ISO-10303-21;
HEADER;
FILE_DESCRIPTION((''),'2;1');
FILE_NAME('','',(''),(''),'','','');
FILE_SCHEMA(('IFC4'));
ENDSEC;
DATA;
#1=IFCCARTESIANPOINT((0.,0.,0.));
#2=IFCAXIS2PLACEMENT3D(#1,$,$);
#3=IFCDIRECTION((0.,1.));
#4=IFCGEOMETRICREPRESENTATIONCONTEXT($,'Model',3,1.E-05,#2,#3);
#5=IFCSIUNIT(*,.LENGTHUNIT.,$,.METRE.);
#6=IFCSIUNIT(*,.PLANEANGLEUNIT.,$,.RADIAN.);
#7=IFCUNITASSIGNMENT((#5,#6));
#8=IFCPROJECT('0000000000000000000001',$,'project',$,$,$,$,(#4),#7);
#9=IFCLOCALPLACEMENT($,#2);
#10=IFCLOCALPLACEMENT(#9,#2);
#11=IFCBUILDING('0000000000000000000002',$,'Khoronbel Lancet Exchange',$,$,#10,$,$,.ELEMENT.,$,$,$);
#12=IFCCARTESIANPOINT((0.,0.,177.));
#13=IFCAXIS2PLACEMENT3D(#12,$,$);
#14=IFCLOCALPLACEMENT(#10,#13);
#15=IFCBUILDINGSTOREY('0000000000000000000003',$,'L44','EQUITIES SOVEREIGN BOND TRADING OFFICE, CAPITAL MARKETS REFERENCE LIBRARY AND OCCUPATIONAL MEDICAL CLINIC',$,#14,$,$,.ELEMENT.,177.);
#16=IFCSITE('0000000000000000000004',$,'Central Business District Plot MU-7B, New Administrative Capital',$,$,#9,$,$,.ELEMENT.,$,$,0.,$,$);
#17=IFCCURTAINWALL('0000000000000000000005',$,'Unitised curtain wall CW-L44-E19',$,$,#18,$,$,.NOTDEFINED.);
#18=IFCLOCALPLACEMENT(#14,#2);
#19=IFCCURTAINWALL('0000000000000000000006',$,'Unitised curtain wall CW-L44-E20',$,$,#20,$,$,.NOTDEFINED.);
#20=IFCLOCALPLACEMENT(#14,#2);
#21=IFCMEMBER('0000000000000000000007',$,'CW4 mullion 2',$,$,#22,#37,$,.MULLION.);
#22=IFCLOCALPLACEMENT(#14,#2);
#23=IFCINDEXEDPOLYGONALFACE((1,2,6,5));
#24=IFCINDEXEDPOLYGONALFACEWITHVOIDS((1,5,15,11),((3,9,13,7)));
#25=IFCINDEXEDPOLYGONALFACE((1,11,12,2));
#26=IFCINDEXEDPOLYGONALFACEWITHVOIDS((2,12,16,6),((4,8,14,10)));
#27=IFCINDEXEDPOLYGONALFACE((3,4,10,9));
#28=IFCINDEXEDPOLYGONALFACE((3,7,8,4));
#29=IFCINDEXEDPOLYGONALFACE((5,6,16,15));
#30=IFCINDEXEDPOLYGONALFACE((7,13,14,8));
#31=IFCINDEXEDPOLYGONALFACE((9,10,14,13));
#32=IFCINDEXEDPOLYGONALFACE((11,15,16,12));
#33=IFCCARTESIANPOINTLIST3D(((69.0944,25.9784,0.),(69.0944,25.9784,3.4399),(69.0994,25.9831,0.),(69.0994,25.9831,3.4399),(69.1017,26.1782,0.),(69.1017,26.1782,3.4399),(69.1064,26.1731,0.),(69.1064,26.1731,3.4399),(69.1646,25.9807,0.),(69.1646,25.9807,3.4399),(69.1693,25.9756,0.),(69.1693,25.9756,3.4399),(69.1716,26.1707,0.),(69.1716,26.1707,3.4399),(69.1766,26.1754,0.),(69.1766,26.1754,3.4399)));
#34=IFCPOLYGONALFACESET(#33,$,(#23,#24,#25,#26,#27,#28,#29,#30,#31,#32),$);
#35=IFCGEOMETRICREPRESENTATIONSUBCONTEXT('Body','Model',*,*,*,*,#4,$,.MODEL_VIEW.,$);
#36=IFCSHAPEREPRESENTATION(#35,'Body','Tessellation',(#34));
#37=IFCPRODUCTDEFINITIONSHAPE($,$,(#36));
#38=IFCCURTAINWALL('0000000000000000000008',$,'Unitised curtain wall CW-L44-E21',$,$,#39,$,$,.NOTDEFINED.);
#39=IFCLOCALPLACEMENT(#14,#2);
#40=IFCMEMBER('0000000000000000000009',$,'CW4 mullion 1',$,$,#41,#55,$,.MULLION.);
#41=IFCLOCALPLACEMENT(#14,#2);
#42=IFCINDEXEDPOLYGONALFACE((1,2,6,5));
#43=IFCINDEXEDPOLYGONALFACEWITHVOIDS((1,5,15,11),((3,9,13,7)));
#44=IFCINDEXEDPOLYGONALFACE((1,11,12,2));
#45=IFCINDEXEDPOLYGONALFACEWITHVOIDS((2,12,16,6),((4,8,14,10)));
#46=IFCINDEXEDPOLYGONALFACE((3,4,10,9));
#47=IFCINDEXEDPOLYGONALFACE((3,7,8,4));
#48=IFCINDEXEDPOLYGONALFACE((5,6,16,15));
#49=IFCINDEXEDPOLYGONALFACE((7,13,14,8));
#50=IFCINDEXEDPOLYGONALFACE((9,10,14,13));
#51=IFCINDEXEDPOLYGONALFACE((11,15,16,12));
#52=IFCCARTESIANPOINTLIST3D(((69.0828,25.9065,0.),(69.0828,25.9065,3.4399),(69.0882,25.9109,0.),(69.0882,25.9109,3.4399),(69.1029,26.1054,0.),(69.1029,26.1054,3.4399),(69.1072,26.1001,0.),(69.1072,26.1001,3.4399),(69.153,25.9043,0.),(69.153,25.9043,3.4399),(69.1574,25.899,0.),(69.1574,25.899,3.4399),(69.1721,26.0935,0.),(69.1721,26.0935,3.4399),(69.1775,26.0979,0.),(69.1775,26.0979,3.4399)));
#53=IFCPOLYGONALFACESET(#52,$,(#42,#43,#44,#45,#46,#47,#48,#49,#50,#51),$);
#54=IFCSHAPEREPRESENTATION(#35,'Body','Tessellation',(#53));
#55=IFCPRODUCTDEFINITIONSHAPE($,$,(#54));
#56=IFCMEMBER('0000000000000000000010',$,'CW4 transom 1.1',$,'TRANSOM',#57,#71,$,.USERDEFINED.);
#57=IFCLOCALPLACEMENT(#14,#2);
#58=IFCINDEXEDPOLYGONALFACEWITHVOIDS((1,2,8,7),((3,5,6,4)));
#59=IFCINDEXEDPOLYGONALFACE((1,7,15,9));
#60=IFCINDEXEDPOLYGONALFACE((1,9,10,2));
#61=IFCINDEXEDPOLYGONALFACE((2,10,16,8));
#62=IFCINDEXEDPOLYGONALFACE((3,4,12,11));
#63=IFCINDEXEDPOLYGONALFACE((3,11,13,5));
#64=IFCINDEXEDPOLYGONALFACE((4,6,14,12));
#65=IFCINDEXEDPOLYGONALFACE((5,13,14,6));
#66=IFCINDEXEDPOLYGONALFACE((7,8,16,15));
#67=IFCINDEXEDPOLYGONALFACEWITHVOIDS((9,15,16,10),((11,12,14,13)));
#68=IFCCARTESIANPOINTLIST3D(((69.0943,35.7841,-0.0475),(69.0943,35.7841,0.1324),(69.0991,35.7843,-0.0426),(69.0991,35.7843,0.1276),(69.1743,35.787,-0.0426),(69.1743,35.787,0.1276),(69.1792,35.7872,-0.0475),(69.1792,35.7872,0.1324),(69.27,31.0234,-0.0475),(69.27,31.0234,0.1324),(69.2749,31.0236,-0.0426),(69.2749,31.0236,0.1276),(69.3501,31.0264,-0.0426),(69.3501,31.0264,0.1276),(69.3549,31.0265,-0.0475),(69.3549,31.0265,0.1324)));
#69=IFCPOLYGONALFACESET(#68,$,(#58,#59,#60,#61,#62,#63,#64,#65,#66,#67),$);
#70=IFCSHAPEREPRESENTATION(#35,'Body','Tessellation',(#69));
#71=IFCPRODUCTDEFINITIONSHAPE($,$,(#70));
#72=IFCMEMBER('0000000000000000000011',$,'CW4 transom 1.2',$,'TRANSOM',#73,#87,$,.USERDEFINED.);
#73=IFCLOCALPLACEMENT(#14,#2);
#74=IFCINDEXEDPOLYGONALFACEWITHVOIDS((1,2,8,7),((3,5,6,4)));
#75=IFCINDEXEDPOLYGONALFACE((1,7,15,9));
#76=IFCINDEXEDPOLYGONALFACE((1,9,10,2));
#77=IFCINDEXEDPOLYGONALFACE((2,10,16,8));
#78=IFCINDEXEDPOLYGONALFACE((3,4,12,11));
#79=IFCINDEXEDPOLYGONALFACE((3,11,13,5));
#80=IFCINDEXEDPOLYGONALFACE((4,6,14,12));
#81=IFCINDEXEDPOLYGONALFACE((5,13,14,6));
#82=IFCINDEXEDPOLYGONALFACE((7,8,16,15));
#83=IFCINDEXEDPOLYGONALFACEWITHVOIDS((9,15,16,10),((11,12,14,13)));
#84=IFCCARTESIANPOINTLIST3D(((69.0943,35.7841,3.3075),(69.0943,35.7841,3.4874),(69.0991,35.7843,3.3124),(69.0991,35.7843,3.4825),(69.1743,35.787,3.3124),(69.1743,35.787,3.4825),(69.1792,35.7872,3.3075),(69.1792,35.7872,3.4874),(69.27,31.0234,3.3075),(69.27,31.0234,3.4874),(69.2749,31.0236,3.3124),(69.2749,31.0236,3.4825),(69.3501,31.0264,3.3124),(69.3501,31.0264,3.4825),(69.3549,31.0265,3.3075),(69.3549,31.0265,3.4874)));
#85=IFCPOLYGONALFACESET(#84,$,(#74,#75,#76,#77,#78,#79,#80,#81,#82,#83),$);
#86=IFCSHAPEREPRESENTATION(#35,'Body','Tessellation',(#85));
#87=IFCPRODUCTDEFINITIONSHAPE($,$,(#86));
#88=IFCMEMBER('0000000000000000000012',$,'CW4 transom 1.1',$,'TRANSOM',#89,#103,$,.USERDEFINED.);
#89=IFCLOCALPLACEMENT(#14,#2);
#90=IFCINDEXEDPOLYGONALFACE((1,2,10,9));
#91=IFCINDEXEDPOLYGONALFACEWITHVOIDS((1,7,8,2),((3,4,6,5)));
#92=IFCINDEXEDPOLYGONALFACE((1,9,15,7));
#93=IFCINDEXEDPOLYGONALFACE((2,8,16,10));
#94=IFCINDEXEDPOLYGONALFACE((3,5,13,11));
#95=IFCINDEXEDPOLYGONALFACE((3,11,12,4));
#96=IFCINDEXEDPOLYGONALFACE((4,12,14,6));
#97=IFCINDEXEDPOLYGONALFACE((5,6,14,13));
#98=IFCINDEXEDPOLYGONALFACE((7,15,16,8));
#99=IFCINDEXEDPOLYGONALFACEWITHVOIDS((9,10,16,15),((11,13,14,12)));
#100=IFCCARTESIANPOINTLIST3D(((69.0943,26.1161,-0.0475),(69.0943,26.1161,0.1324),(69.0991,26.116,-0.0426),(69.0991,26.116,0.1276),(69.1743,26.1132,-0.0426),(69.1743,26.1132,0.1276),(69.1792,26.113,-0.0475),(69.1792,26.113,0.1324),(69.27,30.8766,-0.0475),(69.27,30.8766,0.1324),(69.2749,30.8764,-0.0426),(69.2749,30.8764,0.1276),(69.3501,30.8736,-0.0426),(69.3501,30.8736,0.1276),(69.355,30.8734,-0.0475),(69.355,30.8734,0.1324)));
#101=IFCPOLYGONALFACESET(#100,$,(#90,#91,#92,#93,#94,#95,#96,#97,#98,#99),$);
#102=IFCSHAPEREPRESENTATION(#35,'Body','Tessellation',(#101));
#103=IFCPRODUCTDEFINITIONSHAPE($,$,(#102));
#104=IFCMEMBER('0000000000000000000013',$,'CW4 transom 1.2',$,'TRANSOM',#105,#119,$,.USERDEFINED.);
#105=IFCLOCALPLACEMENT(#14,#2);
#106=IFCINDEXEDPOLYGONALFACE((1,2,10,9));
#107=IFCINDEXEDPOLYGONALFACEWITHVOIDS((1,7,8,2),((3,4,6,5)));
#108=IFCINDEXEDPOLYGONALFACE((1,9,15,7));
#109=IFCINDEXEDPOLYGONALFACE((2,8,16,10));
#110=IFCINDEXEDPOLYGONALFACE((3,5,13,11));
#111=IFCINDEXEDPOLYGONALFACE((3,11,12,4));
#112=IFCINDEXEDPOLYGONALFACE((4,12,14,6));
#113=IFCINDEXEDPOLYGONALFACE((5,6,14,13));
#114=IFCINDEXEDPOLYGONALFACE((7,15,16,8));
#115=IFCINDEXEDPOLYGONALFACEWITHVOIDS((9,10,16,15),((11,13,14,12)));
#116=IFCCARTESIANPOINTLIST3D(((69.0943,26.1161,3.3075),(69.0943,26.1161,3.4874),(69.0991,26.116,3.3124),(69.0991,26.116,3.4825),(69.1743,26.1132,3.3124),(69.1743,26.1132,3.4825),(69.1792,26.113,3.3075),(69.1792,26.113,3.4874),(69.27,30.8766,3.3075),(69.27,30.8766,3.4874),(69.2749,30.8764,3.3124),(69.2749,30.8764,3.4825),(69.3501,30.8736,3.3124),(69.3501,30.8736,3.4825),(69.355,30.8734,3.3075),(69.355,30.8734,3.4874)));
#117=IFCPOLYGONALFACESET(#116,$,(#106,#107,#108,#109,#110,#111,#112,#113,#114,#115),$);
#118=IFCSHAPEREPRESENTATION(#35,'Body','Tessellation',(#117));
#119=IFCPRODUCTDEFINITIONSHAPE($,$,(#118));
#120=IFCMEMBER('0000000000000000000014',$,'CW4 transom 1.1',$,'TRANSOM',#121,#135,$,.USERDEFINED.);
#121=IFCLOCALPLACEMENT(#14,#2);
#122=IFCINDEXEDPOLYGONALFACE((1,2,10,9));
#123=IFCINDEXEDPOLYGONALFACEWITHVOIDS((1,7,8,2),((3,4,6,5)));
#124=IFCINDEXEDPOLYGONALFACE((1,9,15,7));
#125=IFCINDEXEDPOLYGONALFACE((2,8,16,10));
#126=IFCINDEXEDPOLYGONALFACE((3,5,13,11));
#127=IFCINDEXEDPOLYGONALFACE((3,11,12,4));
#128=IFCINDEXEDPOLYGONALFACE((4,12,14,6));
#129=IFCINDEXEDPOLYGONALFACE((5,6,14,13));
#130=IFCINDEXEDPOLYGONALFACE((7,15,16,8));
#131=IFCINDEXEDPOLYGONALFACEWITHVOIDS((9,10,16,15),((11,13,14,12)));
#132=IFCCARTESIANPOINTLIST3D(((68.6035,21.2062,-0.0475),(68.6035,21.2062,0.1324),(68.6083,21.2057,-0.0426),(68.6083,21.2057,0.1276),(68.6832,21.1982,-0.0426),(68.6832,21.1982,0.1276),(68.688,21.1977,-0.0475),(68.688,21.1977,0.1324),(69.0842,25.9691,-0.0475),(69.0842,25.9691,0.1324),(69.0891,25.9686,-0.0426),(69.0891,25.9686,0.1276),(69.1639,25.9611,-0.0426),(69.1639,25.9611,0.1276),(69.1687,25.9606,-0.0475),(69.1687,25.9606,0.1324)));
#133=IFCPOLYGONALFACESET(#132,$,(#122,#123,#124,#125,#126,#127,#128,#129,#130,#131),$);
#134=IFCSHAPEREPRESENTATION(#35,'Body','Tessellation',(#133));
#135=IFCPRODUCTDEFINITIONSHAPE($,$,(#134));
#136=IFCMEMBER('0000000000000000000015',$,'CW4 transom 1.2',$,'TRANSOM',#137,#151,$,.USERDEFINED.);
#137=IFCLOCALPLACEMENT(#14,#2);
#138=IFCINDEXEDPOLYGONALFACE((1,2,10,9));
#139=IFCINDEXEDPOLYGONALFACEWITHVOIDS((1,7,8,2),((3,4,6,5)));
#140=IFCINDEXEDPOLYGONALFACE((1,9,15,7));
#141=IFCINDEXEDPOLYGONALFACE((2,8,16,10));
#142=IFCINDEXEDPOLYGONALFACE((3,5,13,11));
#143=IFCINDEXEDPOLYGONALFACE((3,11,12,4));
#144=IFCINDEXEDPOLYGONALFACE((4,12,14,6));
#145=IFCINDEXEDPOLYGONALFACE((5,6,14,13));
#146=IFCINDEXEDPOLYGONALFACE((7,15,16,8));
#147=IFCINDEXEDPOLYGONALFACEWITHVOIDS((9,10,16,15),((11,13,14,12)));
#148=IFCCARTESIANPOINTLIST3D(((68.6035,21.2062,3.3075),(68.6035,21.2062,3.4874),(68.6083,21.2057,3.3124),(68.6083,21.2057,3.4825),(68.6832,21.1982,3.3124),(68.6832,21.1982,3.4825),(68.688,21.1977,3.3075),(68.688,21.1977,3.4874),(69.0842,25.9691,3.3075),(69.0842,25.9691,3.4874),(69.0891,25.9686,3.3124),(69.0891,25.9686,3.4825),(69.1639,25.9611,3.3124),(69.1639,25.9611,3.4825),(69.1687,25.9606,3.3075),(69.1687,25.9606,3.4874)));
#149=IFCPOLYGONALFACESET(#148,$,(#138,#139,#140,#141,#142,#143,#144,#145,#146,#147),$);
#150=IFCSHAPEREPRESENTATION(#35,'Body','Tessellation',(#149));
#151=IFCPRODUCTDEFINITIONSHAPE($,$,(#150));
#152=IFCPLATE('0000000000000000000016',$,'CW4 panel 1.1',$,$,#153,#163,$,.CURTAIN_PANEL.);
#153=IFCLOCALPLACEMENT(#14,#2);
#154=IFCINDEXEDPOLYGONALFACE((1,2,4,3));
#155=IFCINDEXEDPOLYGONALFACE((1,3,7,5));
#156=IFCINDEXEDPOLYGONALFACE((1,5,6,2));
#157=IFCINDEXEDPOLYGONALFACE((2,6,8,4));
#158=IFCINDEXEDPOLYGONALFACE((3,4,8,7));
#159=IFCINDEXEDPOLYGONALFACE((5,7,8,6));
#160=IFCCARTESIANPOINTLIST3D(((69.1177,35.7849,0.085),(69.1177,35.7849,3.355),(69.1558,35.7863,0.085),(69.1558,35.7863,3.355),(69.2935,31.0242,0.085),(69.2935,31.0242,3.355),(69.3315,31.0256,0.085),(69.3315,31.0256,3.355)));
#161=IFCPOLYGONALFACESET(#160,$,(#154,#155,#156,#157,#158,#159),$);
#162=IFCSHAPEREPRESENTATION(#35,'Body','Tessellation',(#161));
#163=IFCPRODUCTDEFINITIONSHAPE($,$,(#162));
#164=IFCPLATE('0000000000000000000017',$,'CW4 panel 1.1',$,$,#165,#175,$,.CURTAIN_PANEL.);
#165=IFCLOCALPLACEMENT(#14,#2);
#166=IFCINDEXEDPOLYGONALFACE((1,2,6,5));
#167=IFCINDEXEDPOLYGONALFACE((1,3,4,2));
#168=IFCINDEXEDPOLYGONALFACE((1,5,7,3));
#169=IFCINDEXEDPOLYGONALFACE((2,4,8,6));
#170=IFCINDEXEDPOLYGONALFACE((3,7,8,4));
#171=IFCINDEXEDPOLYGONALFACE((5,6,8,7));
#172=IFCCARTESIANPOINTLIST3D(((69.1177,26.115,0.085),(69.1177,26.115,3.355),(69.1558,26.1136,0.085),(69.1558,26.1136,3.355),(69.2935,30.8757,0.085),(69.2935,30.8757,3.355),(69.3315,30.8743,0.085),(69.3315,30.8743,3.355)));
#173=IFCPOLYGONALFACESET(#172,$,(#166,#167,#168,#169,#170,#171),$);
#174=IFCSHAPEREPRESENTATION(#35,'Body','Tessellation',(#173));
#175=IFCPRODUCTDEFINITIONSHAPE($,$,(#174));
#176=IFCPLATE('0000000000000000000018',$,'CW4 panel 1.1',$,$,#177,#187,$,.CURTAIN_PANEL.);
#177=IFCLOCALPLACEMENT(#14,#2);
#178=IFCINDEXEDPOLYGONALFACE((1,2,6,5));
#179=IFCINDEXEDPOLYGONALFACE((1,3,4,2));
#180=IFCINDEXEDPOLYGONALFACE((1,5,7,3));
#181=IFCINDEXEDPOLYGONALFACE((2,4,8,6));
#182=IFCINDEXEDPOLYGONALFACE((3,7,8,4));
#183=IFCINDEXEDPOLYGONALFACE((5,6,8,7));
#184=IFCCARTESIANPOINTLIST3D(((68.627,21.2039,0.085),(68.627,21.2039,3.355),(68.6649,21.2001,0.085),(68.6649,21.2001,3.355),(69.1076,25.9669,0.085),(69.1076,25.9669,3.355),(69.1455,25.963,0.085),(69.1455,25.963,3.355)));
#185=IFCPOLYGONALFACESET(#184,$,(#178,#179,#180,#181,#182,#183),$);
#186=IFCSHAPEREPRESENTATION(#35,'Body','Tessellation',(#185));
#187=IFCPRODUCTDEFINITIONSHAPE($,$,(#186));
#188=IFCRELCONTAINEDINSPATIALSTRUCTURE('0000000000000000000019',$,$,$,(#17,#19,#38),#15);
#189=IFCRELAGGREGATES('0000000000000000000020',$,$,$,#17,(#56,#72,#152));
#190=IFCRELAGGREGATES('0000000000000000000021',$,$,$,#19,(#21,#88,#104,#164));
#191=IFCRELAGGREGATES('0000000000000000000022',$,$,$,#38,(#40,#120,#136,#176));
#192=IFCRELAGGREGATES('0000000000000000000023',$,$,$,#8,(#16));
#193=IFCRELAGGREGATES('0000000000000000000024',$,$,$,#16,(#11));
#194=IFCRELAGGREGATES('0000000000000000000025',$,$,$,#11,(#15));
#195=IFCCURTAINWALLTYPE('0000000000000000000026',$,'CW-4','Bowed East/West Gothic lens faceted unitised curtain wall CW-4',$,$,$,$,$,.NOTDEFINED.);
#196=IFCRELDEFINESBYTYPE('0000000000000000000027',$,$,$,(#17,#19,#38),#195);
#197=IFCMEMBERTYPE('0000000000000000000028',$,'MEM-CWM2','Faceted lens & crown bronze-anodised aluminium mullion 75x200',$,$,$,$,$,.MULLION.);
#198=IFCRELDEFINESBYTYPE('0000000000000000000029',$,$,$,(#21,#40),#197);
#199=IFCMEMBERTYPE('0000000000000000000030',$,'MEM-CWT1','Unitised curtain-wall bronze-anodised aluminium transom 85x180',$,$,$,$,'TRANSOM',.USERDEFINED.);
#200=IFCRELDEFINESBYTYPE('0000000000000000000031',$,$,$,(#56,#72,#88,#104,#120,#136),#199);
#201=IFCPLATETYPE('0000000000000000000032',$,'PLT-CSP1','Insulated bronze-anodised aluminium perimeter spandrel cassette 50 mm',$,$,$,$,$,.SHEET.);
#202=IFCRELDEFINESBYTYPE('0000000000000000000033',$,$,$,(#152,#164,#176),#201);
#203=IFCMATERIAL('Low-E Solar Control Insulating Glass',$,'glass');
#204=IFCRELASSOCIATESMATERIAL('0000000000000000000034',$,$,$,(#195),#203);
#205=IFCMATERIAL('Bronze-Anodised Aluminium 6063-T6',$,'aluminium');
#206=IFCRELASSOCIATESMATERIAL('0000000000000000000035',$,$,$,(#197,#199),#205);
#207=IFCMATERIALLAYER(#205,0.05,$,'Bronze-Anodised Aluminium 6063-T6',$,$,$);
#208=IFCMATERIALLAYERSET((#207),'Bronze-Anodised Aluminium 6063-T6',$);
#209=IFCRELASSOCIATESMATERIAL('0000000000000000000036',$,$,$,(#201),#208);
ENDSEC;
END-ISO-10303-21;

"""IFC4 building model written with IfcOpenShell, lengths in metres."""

from ifc_helpers import new_model, si_unit, direction, frame, origin, origin_2d, place, context, subcontext, project, spatial, rectangle, hollow_rectangle, extrude, material, layer, layer_set, material_profile, profile_set, type_object, element, aggregate, save


model = new_model("IFC4")

# Units and contexts
model_context = context("Model", 3, precision=1e-05, world=origin(), true_north=direction((0.0, 1.0)))
body_context = subcontext(model_context, "Body", "Model", "MODEL_VIEW")
ifc_project = project(units=[si_unit("LENGTHUNIT", "METRE"), si_unit("PLANEANGLEUNIT", "RADIAN")], contexts=[model_context])

# Site, building, storey
site_placement = place(None, origin())
site = spatial("IfcSite", under=ifc_project, at=site_placement, Name="Central Business District Plot MU-7B, New Administrative Capital", CompositionType="ELEMENT", RefElevation=0.0)
building_placement = place(site_placement, origin())
building = spatial("IfcBuilding", under=site, at=building_placement, Name="Khoronbel Lancet Exchange", CompositionType="ELEMENT")
storey_placement = place(building_placement, frame((0.0, 0.0, 177.0)))
storey = spatial("IfcBuildingStorey", under=building, at=storey_placement, Name="L44", Description="EQUITIES SOVEREIGN BOND TRADING OFFICE, CAPITAL MARKETS REFERENCE LIBRARY AND OCCUPATIONAL MEDICAL CLINIC", CompositionType="ELEMENT", Elevation=177.0)

# Curtain walls, member
ifc_material_1 = material(Name="Low-E Solar Control Insulating Glass", Category="glass")
curtain_wall_type = type_object("IfcCurtainWallType", Name="CW-4", Description="Bowed East/West Gothic lens faceted unitised curtain wall CW-4", PredefinedType="NOTDEFINED", material=ifc_material_1)
curtain_wall_1_placement = place(storey_placement, origin())
curtain_wall_1 = element("IfcCurtainWall", 1, at=curtain_wall_1_placement, inside=storey, type_object=curtain_wall_type, Name="Unitised curtain wall CW-L44-E19", PredefinedType="NOTDEFINED")
ifc_material_2 = material(Name="Bronze-Anodised Aluminium 6063-T6", Category="aluminium")
ifc_material_profile_1 = material_profile(ifc_material_2, hollow_rectangle(XDim=0.075, YDim=0.2, WallThickness=0.0049, at=origin_2d()), Name="ALU MULLION 75x200")
ifc_profile_set_1 = profile_set([ifc_material_profile_1], Name="Bronze-Anodised Aluminium 6063-T6")
member_type_1 = type_object("IfcMemberType", Name="MEM-CWM2", Description="Faceted lens & crown bronze-anodised aluminium mullion 75x200", PredefinedType="MULLION", material=ifc_profile_set_1)
curtain_wall_2_placement = place(storey_placement, origin())
curtain_wall_2 = element("IfcCurtainWall", 2, at=curtain_wall_2_placement, inside=storey, type_object=curtain_wall_type, Name="Unitised curtain wall CW-L44-E20", PredefinedType="NOTDEFINED")
member_1_placement = place(storey_placement, frame((69.1355, 26.0769, 0.0), z_axis=(0.0, 0.0, 1.0), x_axis=(0.999319, -0.036896, 0.0)))
member_1 = element("IfcMember", 3, at=member_1_placement, type_object=member_type_1, Name="CW4 mullion 2", PredefinedType="MULLION", context=body_context, shape_type="SweptSolid", body=[
    extrude(hollow_rectangle(XDim=0.075, YDim=0.2, WallThickness=0.0049, at=origin_2d()), origin(), (0.0, 0.0, 1.0), 3.4399),
])

# Curtain wall, member
curtain_wall_3_placement = place(storey_placement, origin())
curtain_wall_3 = element("IfcCurtainWall", 4, at=curtain_wall_3_placement, inside=storey, type_object=curtain_wall_type, Name="Unitised curtain wall CW-L44-E21", PredefinedType="NOTDEFINED")
member_2_placement = place(storey_placement, frame((69.1301, 26.0022, 0.0), z_axis=(0.0, 0.0, 1.0), x_axis=(0.994947, -0.100404, 0.0)))
member_2 = element("IfcMember", 5, at=member_2_placement, type_object=member_type_1, Name="CW4 mullion 1", PredefinedType="MULLION", context=body_context, shape_type="SweptSolid", body=[
    extrude(hollow_rectangle(XDim=0.075, YDim=0.2, WallThickness=0.0049, at=origin_2d()), origin(), (0.0, 0.0, 1.0), 3.4399),
])

# Members
ifc_material_profile_2 = material_profile(ifc_material_2, hollow_rectangle(XDim=0.085, YDim=0.1799, WallThickness=0.0049, at=origin_2d()), Name="ALU TRANSOM 85x180")
ifc_profile_set_2 = profile_set([ifc_material_profile_2], Name="Bronze-Anodised Aluminium 6063-T6")
member_type_2 = type_object("IfcMemberType", Name="MEM-CWT1", Description="Unitised curtain-wall bronze-anodised aluminium transom 85x180", ElementType="TRANSOM", PredefinedType="USERDEFINED", material=ifc_profile_set_2)
member_3_placement = place(storey_placement, frame((69.1367, 35.7856, 0.0425), z_axis=(0.036898, -0.999319, 0.0), x_axis=(0.999319, 0.036898, 0.0)))
member_3 = element("IfcMember", 6, at=member_3_placement, type_object=member_type_2, Name="CW4 transom 1.1", ObjectType="TRANSOM", PredefinedType="USERDEFINED", context=body_context, shape_type="SweptSolid", body=[
    extrude(hollow_rectangle(XDim=0.085, YDim=0.1799, WallThickness=0.0049, at=origin_2d()), origin(), (0.0, 0.0, 1.0), 4.7639),
])
member_4_placement = place(storey_placement, frame((69.1367, 35.7856, 3.3975), z_axis=(0.036898, -0.999319, 0.0), x_axis=(0.999319, 0.036898, 0.0)))
member_4 = element("IfcMember", 7, at=member_4_placement, type_object=member_type_2, Name="CW4 transom 1.2", ObjectType="TRANSOM", PredefinedType="USERDEFINED", context=body_context, shape_type="SweptSolid", body=[
    extrude(hollow_rectangle(XDim=0.085, YDim=0.1799, WallThickness=0.0049, at=origin_2d()), origin(), (0.0, 0.0, 1.0), 4.7639),
])
member_5_placement = place(storey_placement, frame((69.3125, 30.875, 0.0425), z_axis=(-0.0369, -0.999319, 0.0), x_axis=(0.999319, -0.0369, 0.0)))
member_5 = element("IfcMember", 8, at=member_5_placement, type_object=member_type_2, Name="CW4 transom 1.1", ObjectType="TRANSOM", PredefinedType="USERDEFINED", context=body_context, shape_type="SweptSolid", body=[
    extrude(hollow_rectangle(XDim=0.085, YDim=0.1799, WallThickness=0.0049, at=origin_2d()), origin(), (0.0, 0.0, 1.0), 4.7637),
])
member_6_placement = place(storey_placement, frame((69.3125, 30.875, 3.3975), z_axis=(-0.0369, -0.999319, 0.0), x_axis=(0.999319, -0.0369, 0.0)))
member_6 = element("IfcMember", 9, at=member_6_placement, type_object=member_type_2, Name="CW4 transom 1.2", ObjectType="TRANSOM", PredefinedType="USERDEFINED", context=body_context, shape_type="SweptSolid", body=[
    extrude(hollow_rectangle(XDim=0.085, YDim=0.1799, WallThickness=0.0049, at=origin_2d()), origin(), (0.0, 0.0, 1.0), 4.7637),
])
member_7_placement = place(storey_placement, frame((69.1265, 25.9648, 0.0425), z_axis=(-0.100418, -0.994945, 0.0), x_axis=(0.994945, -0.100418, 0.0)))
member_7 = element("IfcMember", 10, at=member_7_placement, type_object=member_type_2, Name="CW4 transom 1.1", ObjectType="TRANSOM", PredefinedType="USERDEFINED", context=body_context, shape_type="SweptSolid", body=[
    extrude(hollow_rectangle(XDim=0.085, YDim=0.1799, WallThickness=0.0049, at=origin_2d()), origin(), (0.0, 0.0, 1.0), 4.7871),
])
member_8_placement = place(storey_placement, frame((69.1265, 25.9648, 3.3975), z_axis=(-0.100418, -0.994945, 0.0), x_axis=(0.994945, -0.100418, 0.0)))
member_8 = element("IfcMember", 11, at=member_8_placement, type_object=member_type_2, Name="CW4 transom 1.2", ObjectType="TRANSOM", PredefinedType="USERDEFINED", context=body_context, shape_type="SweptSolid", body=[
    extrude(hollow_rectangle(XDim=0.085, YDim=0.1799, WallThickness=0.0049, at=origin_2d()), origin(), (0.0, 0.0, 1.0), 4.7871),
])

# Plates
ifc_layer_1 = layer(ifc_material_2, 0.05, Name="Bronze-Anodised Aluminium 6063-T6")
ifc_layer_set_1 = layer_set([ifc_layer_1], Name="Bronze-Anodised Aluminium 6063-T6")
plate_type_1 = type_object("IfcPlateType", Name="PLT-CSP1", Description="Insulated bronze-anodised aluminium perimeter spandrel cassette 50 mm", PredefinedType="SHEET", material=ifc_layer_set_1)
plate_1_placement = place(storey_placement, frame((69.2246, 33.4053, 0.085), z_axis=(0.0, 0.0, 1.0), x_axis=(0.036896, -0.999319, 0.0)))
plate_1 = element("IfcPlate", 12, at=plate_1_placement, type_object=plate_type_1, Name="CW4 panel 1.1", PredefinedType="CURTAIN_PANEL", context=body_context, shape_type="SweptSolid", body=[
    extrude(rectangle(XDim=4.7639, YDim=0.0381, at=origin_2d()), origin(), (0.0, 0.0, 1.0), 3.27),
])
aggregate(curtain_wall_1, [member_3, member_4, plate_1])
plate_2_placement = place(storey_placement, frame((69.2246, 28.4946, 0.085), z_axis=(0.0, 0.0, 1.0), x_axis=(-0.036896, -0.999319, 0.0)))
plate_2 = element("IfcPlate", 13, at=plate_2_placement, type_object=plate_type_1, Name="CW4 panel 1.1", PredefinedType="CURTAIN_PANEL", context=body_context, shape_type="SweptSolid", body=[
    extrude(rectangle(XDim=4.7639, YDim=0.0381, at=origin_2d()), origin(), (0.0, 0.0, 1.0), 3.27),
])
aggregate(curtain_wall_2, [member_1, member_5, member_6, plate_2])
plate_3_placement = place(storey_placement, frame((68.8862, 23.5835, 0.085), z_axis=(0.0, 0.0, 1.0), x_axis=(-0.100404, -0.994947, 0.0)))
plate_3 = element("IfcPlate", 14, at=plate_3_placement, type_object=plate_type_1, Name="CW4 panel 1.1", PredefinedType="CURTAIN_PANEL", context=body_context, shape_type="SweptSolid", body=[
    extrude(rectangle(XDim=4.7871, YDim=0.0381, at=origin_2d()), origin(), (0.0, 0.0, 1.0), 3.27),
])
aggregate(curtain_wall_3, [member_2, member_7, member_8, plate_3])

save(model, "model.ifc")
